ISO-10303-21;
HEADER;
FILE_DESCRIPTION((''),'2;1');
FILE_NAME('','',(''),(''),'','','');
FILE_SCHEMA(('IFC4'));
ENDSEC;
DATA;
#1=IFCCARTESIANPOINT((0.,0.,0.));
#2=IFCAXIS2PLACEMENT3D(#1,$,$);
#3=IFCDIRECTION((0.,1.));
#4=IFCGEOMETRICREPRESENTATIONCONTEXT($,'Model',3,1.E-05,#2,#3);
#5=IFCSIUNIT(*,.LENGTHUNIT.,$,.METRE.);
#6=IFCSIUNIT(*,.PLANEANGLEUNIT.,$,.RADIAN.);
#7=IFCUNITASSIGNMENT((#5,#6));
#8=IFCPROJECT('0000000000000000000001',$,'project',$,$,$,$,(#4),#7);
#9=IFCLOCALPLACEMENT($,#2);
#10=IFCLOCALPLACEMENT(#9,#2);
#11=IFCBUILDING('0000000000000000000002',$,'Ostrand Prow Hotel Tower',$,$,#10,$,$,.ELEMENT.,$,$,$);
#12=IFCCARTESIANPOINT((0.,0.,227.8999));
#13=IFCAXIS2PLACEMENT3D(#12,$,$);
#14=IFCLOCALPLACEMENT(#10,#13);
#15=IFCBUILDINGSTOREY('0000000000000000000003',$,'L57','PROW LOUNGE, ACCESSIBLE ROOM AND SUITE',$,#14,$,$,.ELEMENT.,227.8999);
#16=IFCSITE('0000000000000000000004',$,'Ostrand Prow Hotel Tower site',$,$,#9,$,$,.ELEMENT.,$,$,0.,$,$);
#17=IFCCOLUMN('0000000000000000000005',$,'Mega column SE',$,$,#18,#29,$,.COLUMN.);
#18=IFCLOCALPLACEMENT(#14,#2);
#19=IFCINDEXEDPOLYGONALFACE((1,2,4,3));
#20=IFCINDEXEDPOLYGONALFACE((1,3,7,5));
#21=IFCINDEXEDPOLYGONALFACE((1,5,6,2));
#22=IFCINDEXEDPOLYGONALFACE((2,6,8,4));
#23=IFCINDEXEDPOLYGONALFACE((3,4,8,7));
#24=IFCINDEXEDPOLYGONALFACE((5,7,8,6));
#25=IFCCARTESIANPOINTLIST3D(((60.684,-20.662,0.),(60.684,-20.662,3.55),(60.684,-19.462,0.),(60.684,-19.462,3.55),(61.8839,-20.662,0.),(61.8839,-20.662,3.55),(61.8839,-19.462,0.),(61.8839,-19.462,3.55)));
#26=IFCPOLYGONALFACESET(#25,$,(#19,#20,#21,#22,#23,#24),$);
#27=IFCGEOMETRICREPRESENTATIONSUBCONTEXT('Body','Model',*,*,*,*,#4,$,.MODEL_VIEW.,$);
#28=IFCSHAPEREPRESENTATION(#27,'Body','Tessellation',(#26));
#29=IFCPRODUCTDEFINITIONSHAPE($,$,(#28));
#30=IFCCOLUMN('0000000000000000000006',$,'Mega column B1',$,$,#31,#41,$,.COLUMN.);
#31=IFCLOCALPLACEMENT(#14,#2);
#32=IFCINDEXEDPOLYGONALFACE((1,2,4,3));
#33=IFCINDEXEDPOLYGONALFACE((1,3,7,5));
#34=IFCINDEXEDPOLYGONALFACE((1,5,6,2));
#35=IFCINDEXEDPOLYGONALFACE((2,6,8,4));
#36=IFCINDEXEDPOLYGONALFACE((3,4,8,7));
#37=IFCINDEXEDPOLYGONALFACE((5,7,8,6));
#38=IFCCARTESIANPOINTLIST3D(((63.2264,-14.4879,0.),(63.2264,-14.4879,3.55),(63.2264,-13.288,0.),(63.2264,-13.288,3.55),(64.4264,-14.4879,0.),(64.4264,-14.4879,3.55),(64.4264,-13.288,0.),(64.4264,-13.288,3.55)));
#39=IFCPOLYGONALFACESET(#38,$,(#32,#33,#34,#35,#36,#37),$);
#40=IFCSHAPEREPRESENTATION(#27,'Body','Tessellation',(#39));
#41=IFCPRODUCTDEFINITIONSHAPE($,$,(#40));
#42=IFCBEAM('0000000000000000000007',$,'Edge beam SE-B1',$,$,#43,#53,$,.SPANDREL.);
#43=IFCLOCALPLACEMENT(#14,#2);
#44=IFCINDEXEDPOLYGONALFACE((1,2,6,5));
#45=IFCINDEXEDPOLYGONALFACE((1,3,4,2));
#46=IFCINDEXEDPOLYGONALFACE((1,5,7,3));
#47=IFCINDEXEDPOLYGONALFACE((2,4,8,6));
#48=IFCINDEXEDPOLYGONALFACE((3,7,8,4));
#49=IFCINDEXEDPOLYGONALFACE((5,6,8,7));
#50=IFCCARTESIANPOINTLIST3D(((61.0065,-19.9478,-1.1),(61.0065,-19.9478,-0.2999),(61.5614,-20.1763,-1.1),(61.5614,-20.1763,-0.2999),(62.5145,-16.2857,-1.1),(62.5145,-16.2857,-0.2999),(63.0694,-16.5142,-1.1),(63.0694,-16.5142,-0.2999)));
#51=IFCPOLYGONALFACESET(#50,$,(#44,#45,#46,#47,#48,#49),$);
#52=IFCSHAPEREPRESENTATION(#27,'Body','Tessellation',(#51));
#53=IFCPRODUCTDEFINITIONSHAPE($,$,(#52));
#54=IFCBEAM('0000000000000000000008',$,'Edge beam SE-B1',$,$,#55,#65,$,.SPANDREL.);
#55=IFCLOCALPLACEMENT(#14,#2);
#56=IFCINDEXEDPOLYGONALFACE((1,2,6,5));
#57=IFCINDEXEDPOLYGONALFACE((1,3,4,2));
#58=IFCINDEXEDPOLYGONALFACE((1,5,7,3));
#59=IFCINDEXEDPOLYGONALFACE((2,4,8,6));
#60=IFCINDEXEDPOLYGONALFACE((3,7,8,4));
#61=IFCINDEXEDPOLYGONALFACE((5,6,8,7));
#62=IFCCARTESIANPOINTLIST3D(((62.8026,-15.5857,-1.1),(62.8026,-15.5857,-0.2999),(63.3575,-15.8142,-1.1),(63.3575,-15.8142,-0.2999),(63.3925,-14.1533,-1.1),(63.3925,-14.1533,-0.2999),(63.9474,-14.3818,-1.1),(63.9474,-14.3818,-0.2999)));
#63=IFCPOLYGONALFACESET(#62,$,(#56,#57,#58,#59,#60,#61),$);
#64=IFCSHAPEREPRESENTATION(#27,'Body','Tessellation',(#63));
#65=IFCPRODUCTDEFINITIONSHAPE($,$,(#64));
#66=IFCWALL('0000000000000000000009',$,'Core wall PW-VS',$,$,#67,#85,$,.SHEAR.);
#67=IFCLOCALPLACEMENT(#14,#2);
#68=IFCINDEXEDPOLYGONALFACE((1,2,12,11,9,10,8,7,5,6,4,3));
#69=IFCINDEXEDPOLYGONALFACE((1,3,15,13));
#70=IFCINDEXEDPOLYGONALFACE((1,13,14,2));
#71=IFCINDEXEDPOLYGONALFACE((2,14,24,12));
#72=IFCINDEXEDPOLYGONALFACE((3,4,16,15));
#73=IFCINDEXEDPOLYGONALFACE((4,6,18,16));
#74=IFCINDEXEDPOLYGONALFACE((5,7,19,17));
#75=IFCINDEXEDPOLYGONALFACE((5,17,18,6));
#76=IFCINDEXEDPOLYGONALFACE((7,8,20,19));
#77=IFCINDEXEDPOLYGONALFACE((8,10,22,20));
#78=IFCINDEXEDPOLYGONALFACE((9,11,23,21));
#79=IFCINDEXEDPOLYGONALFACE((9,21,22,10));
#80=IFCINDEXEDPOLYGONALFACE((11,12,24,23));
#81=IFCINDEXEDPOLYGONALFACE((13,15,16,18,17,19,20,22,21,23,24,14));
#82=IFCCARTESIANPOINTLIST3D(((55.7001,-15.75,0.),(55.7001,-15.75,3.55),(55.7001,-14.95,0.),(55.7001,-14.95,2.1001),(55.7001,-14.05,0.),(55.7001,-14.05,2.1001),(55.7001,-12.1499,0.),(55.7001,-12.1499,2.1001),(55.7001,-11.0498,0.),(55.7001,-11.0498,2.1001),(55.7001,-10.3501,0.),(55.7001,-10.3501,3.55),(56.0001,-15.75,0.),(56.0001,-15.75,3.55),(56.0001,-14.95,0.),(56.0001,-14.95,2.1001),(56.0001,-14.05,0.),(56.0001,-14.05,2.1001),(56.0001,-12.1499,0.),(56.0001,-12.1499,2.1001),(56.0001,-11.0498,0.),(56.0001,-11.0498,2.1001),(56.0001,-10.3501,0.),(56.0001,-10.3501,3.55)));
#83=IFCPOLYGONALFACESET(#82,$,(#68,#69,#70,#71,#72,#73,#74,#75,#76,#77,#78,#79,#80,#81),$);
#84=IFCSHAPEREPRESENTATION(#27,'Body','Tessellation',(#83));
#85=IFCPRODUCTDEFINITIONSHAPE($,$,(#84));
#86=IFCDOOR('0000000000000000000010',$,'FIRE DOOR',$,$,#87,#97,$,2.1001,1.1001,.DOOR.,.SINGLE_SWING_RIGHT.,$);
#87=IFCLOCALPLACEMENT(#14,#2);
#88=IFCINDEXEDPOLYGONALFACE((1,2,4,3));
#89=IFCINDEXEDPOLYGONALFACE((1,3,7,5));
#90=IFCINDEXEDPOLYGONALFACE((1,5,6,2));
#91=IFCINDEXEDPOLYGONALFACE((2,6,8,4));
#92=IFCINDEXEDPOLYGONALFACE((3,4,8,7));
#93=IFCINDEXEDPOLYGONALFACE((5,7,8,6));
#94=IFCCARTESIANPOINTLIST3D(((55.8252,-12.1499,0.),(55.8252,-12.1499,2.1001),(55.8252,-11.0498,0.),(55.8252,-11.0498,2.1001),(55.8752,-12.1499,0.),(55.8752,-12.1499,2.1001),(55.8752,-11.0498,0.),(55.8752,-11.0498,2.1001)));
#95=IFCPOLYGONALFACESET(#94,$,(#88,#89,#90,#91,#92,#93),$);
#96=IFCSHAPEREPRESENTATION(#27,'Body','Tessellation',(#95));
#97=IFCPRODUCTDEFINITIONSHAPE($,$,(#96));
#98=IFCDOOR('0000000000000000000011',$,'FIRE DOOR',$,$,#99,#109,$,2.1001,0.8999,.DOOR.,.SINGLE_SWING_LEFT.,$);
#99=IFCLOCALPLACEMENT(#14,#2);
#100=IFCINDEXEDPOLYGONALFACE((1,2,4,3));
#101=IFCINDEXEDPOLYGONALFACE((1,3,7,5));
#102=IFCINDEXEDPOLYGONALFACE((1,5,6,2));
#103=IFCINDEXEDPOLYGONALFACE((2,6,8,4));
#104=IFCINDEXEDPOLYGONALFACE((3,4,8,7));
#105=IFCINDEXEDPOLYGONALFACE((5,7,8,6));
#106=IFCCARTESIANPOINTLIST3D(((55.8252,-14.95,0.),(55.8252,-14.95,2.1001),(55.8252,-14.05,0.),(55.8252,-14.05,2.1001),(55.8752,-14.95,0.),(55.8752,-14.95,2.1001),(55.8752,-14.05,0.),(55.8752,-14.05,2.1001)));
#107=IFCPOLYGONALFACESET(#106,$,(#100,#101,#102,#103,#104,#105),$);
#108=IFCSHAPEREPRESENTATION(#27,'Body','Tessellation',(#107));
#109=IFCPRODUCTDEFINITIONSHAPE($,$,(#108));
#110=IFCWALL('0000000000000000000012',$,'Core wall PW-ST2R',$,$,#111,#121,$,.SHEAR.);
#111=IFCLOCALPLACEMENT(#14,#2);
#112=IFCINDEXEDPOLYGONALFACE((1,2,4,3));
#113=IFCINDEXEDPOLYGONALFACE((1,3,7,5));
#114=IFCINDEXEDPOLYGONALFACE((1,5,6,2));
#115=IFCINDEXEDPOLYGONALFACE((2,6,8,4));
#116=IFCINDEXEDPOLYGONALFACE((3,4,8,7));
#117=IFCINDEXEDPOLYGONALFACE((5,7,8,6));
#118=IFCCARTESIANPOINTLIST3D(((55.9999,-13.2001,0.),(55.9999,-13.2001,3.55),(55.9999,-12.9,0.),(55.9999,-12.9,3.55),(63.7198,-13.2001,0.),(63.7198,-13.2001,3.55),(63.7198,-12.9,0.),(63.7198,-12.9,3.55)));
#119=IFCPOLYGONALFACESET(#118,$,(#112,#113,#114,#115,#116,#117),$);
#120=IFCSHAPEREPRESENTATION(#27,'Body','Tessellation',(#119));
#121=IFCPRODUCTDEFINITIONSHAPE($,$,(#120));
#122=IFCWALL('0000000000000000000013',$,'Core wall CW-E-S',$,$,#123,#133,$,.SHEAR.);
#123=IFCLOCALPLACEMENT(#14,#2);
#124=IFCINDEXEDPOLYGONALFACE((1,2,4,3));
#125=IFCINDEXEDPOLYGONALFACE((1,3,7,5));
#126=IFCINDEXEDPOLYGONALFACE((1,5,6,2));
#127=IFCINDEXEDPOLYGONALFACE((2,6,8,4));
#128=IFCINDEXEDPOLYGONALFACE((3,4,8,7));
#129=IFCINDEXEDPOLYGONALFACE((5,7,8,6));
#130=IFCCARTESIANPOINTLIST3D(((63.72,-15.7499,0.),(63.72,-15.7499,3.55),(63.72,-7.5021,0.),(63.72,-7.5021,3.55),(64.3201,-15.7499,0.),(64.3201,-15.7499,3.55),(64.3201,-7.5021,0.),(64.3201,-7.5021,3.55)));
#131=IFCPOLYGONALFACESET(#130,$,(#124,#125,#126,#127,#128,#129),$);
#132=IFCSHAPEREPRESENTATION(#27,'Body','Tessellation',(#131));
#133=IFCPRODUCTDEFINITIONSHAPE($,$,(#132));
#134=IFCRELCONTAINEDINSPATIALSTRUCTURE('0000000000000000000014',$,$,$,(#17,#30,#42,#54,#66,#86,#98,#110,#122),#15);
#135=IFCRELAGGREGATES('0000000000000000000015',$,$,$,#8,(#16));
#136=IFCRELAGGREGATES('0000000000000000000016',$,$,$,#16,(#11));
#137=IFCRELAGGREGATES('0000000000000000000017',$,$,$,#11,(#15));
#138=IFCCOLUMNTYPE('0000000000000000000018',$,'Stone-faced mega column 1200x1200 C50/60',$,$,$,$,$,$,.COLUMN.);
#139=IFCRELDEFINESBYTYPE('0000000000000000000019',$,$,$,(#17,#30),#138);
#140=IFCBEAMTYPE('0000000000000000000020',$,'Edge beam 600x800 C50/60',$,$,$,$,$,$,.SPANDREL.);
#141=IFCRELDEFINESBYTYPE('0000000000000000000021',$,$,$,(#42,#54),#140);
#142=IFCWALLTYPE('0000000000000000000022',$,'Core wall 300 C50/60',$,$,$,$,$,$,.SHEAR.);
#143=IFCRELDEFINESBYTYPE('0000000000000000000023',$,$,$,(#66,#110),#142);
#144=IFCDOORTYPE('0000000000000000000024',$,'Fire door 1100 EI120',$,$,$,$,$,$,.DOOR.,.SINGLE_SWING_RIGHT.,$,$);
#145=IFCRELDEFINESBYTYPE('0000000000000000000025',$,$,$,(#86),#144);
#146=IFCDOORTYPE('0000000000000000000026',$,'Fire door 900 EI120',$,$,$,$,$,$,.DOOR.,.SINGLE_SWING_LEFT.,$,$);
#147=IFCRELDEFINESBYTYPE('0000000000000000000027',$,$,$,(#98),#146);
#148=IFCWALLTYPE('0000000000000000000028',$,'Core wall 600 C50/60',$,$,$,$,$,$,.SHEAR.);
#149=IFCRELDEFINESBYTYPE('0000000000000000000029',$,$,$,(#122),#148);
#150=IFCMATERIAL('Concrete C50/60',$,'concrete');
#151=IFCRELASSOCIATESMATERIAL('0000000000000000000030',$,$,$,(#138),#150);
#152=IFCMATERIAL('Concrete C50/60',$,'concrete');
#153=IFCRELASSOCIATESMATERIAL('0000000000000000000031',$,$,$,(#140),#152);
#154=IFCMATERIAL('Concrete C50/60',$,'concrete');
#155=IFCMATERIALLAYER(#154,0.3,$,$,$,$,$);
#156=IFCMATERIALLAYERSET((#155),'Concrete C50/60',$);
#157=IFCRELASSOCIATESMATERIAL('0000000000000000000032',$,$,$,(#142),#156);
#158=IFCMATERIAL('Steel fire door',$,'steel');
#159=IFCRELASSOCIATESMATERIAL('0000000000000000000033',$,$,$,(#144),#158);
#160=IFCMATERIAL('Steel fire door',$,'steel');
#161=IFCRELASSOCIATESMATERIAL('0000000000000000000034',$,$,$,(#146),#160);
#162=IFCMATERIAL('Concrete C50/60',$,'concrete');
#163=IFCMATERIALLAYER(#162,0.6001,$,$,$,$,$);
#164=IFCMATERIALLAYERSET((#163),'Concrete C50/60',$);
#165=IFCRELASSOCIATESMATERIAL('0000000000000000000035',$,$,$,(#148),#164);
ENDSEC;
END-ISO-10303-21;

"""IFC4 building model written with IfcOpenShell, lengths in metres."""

from ifc_helpers import new_model, si_unit, direction, frame, frame_2d, origin, origin_2d, place, context, subcontext, project, spatial, rectangle, extrude, material, layer, layer_set, material_profile, profile_set, type_object, element, fill, save


model = new_model("IFC4")

# Units and contexts
model_context = context("Model", 3, precision=1e-05, world=origin(), true_north=direction((0.0, 1.0)))
body_context = subcontext(model_context, "Body", "Model", "MODEL_VIEW")
ifc_project = project(units=[si_unit("LENGTHUNIT", "METRE"), si_unit("PLANEANGLEUNIT", "RADIAN")], contexts=[model_context])

# Site, building, storey
site_placement = place(None, origin())
site = spatial("IfcSite", under=ifc_project, at=site_placement, Name="Ostrand Prow Hotel Tower site", CompositionType="ELEMENT", RefElevation=0.0)
building_placement = place(site_placement, origin())
building = spatial("IfcBuilding", under=site, at=building_placement, Name="Ostrand Prow Hotel Tower", CompositionType="ELEMENT")
storey_placement = place(building_placement, frame((0.0, 0.0, 227.8999)))
storey = spatial("IfcBuildingStorey", under=building, at=storey_placement, Name="L57", Description="PROW LOUNGE, ACCESSIBLE ROOM AND SUITE", CompositionType="ELEMENT", Elevation=227.8999)

# Columns
ifc_material_1 = material(Name="Concrete C50/60", Category="concrete")
ifc_material_profile_1 = material_profile(ifc_material_1, rectangle(XDim=1.2, YDim=1.2, at=origin_2d()), Name="RC 1200x1200")
ifc_profile_set_1 = profile_set([ifc_material_profile_1], Name="Concrete C50/60")
column_type = type_object("IfcColumnType", Name="Stone-faced mega column 1200x1200 C50/60", PredefinedType="COLUMN", material=ifc_profile_set_1)
for number, where, z_axis, x_axis, name in (
    (1, (61.2839, -20.062, 0.0), (0.0, 0.0, 1.0), (1.0, 0.0, 0.0), "Mega column SE"),
    (2, (63.8264, -13.8879, 0.0), (0.0, 0.0, 1.0), (1.0, 0.0, 0.0), "Mega column B1"),
):
    element("IfcColumn", number, at=place(storey_placement, frame(where, z_axis=z_axis, x_axis=x_axis)), inside=storey, type_object=column_type, Name=name, PredefinedType="COLUMN", context=body_context, shape_type="SweptSolid", body=[
        extrude(rectangle(XDim=1.2, YDim=1.2, at=origin_2d()), origin(), (0.0, 0.0, 1.0), 3.55),
    ])

# Beams
ifc_material_2 = material(Name="Concrete C50/60", Category="concrete")
ifc_material_profile_2 = material_profile(ifc_material_2, rectangle(XDim=0.6001, YDim=0.8, at=origin_2d()), Name="RC 600x800")
ifc_profile_set_2 = profile_set([ifc_material_profile_2], Name="Concrete C50/60")
beam_type = type_object("IfcBeamType", Name="Edge beam 600x800 C50/60", PredefinedType="SPANDREL", material=ifc_profile_set_2)
beam_1_placement = place(storey_placement, frame((61.2839, -20.062, -0.7), z_axis=(0.380778, 0.924667, 0.0), x_axis=(-0.924667, 0.380778, 0.0)))
element("IfcBeam", 3, at=beam_1_placement, inside=storey, type_object=beam_type, Name="Edge beam SE-B1", PredefinedType="SPANDREL", context=body_context, shape_type="SweptSolid", body=[
    extrude(rectangle(XDim=0.6001, YDim=0.8, at=origin_2d()), origin(), (0.0, 0.0, 1.0), 3.9604),
])
beam_2_placement = place(storey_placement, frame((63.0801, -15.7, -0.7), z_axis=(0.380774, 0.924668, 0.0), x_axis=(-0.924668, 0.380774, 0.0)))
element("IfcBeam", 4, at=beam_2_placement, inside=storey, type_object=beam_type, Name="Edge beam SE-B1", PredefinedType="SPANDREL", context=body_context, shape_type="SweptSolid", body=[
    extrude(rectangle(XDim=0.6001, YDim=0.8, at=origin_2d()), origin(), (0.0, 0.0, 1.0), 1.5491),
])

# Wall, openings, doors
ifc_material_3 = material(Name="Concrete C50/60", Category="concrete")
ifc_layer_1 = layer(ifc_material_3, 0.3)
ifc_layer_set_1 = layer_set([ifc_layer_1], Name="Concrete C50/60")
wall_type_1 = type_object("IfcWallType", Name="Core wall 300 C50/60", PredefinedType="SHEAR", material=ifc_layer_set_1)
wall_1_placement = place(storey_placement, frame((55.8501, -15.75, 0.0), z_axis=(0.0, 0.0, 1.0), x_axis=(0.0, 1.0, 0.0)))
wall_1 = element("IfcWall", 5, at=wall_1_placement, inside=storey, type_object=wall_type_1, Name="Core wall PW-VS", PredefinedType="SHEAR", context=body_context, shape_type="SweptSolid", body=[
    extrude(rectangle(XDim=5.3999, YDim=0.3, at=frame_2d((2.7, 0.0))), origin(), (0.0, 0.0, 1.0), 3.55),
])
opening_1_placement = place(wall_1_placement, frame((3.6001, 0.0, 0.0)))
opening_1 = element("IfcOpeningElement", 6, at=opening_1_placement, cuts=wall_1, PredefinedType="OPENING", context=body_context, shape_type="SweptSolid", body=[
    extrude(rectangle(XDim=1.1001, YDim=2.1001, at=frame_2d((0.55, 1.05))), frame((0.0, 0.1599, 0.0), z_axis=(0.0, -1.0, 0.0), x_axis=(1.0, 0.0, 0.0)), (0.0, 0.0, 1.0), 0.3201),
])
opening_2_placement = place(wall_1_placement, frame((0.8, 0.0, 0.0)))
opening_2 = element("IfcOpeningElement", 7, at=opening_2_placement, cuts=wall_1, PredefinedType="OPENING", context=body_context, shape_type="SweptSolid", body=[
    extrude(rectangle(XDim=0.8999, YDim=2.1001, at=frame_2d((0.45, 1.05))), frame((0.0, 0.1599, 0.0), z_axis=(0.0, -1.0, 0.0), x_axis=(1.0, 0.0, 0.0)), (0.0, 0.0, 1.0), 0.3201),
])
ifc_material_4 = material(Name="Steel fire door", Category="steel")
door_type_1 = type_object("IfcDoorType", Name="Fire door 1100 EI120", OperationType="SINGLE_SWING_RIGHT", PredefinedType="DOOR", material=ifc_material_4)
door_1_placement = place(opening_1_placement, origin())
door_1 = element("IfcDoor", 8, at=door_1_placement, inside=storey, type_object=door_type_1, Name="FIRE DOOR", OperationType="SINGLE_SWING_RIGHT", OverallHeight=2.1001, OverallWidth=1.1001, PredefinedType="DOOR", context=body_context, shape_type="SweptSolid", body=[
    extrude(rectangle(XDim=1.1001, YDim=2.1001, at=frame_2d((0.55, 1.05))), frame((0.0, 0.0249, 0.0), z_axis=(0.0, -1.0, 0.0), x_axis=(1.0, 0.0, 0.0)), (0.0, 0.0, 1.0), 0.05),
])
fill(opening_1, door_1)
ifc_material_5 = material(Name="Steel fire door", Category="steel")
door_type_2 = type_object("IfcDoorType", Name="Fire door 900 EI120", OperationType="SINGLE_SWING_LEFT", PredefinedType="DOOR", material=ifc_material_5)
door_2_placement = place(opening_2_placement, origin())
door_2 = element("IfcDoor", 9, at=door_2_placement, inside=storey, type_object=door_type_2, Name="FIRE DOOR", OperationType="SINGLE_SWING_LEFT", OverallHeight=2.1001, OverallWidth=0.8999, PredefinedType="DOOR", context=body_context, shape_type="SweptSolid", body=[
    extrude(rectangle(XDim=0.8999, YDim=2.1001, at=frame_2d((0.45, 1.05))), frame((0.0, 0.0249, 0.0), z_axis=(0.0, -1.0, 0.0), x_axis=(1.0, 0.0, 0.0)), (0.0, 0.0, 1.0), 0.05),
])
fill(opening_2, door_2)

# Walls
wall_2_placement = place(storey_placement, frame((56.0, -13.05, 0.0), z_axis=(0.0, 0.0, 1.0), x_axis=(1.0, 0.0, 0.0)))
element("IfcWall", 10, at=wall_2_placement, inside=storey, type_object=wall_type_1, Name="Core wall PW-ST2R", PredefinedType="SHEAR", context=body_context, shape_type="SweptSolid", body=[
    extrude(rectangle(XDim=7.72, YDim=0.3, at=frame_2d((3.8599, 0.0))), origin(), (0.0, 0.0, 1.0), 3.55),
])
ifc_material_6 = material(Name="Concrete C50/60", Category="concrete")
ifc_layer_2 = layer(ifc_material_6, 0.6001)
ifc_layer_set_2 = layer_set([ifc_layer_2], Name="Concrete C50/60")
wall_type_2 = type_object("IfcWallType", Name="Core wall 600 C50/60", PredefinedType="SHEAR", material=ifc_layer_set_2)
wall_3_placement = place(storey_placement, frame((64.02, -15.75, 0.0), z_axis=(0.0, 0.0, 1.0), x_axis=(0.0, 1.0, 0.0)))
element("IfcWall", 11, at=wall_3_placement, inside=storey, type_object=wall_type_2, Name="Core wall CW-E-S", PredefinedType="SHEAR", context=body_context, shape_type="SweptSolid", body=[
    extrude(rectangle(XDim=8.2478, YDim=0.6001, at=frame_2d((4.124, 0.0))), origin(), (0.0, 0.0, 1.0), 3.55),
])

save(model, "model.ifc")
